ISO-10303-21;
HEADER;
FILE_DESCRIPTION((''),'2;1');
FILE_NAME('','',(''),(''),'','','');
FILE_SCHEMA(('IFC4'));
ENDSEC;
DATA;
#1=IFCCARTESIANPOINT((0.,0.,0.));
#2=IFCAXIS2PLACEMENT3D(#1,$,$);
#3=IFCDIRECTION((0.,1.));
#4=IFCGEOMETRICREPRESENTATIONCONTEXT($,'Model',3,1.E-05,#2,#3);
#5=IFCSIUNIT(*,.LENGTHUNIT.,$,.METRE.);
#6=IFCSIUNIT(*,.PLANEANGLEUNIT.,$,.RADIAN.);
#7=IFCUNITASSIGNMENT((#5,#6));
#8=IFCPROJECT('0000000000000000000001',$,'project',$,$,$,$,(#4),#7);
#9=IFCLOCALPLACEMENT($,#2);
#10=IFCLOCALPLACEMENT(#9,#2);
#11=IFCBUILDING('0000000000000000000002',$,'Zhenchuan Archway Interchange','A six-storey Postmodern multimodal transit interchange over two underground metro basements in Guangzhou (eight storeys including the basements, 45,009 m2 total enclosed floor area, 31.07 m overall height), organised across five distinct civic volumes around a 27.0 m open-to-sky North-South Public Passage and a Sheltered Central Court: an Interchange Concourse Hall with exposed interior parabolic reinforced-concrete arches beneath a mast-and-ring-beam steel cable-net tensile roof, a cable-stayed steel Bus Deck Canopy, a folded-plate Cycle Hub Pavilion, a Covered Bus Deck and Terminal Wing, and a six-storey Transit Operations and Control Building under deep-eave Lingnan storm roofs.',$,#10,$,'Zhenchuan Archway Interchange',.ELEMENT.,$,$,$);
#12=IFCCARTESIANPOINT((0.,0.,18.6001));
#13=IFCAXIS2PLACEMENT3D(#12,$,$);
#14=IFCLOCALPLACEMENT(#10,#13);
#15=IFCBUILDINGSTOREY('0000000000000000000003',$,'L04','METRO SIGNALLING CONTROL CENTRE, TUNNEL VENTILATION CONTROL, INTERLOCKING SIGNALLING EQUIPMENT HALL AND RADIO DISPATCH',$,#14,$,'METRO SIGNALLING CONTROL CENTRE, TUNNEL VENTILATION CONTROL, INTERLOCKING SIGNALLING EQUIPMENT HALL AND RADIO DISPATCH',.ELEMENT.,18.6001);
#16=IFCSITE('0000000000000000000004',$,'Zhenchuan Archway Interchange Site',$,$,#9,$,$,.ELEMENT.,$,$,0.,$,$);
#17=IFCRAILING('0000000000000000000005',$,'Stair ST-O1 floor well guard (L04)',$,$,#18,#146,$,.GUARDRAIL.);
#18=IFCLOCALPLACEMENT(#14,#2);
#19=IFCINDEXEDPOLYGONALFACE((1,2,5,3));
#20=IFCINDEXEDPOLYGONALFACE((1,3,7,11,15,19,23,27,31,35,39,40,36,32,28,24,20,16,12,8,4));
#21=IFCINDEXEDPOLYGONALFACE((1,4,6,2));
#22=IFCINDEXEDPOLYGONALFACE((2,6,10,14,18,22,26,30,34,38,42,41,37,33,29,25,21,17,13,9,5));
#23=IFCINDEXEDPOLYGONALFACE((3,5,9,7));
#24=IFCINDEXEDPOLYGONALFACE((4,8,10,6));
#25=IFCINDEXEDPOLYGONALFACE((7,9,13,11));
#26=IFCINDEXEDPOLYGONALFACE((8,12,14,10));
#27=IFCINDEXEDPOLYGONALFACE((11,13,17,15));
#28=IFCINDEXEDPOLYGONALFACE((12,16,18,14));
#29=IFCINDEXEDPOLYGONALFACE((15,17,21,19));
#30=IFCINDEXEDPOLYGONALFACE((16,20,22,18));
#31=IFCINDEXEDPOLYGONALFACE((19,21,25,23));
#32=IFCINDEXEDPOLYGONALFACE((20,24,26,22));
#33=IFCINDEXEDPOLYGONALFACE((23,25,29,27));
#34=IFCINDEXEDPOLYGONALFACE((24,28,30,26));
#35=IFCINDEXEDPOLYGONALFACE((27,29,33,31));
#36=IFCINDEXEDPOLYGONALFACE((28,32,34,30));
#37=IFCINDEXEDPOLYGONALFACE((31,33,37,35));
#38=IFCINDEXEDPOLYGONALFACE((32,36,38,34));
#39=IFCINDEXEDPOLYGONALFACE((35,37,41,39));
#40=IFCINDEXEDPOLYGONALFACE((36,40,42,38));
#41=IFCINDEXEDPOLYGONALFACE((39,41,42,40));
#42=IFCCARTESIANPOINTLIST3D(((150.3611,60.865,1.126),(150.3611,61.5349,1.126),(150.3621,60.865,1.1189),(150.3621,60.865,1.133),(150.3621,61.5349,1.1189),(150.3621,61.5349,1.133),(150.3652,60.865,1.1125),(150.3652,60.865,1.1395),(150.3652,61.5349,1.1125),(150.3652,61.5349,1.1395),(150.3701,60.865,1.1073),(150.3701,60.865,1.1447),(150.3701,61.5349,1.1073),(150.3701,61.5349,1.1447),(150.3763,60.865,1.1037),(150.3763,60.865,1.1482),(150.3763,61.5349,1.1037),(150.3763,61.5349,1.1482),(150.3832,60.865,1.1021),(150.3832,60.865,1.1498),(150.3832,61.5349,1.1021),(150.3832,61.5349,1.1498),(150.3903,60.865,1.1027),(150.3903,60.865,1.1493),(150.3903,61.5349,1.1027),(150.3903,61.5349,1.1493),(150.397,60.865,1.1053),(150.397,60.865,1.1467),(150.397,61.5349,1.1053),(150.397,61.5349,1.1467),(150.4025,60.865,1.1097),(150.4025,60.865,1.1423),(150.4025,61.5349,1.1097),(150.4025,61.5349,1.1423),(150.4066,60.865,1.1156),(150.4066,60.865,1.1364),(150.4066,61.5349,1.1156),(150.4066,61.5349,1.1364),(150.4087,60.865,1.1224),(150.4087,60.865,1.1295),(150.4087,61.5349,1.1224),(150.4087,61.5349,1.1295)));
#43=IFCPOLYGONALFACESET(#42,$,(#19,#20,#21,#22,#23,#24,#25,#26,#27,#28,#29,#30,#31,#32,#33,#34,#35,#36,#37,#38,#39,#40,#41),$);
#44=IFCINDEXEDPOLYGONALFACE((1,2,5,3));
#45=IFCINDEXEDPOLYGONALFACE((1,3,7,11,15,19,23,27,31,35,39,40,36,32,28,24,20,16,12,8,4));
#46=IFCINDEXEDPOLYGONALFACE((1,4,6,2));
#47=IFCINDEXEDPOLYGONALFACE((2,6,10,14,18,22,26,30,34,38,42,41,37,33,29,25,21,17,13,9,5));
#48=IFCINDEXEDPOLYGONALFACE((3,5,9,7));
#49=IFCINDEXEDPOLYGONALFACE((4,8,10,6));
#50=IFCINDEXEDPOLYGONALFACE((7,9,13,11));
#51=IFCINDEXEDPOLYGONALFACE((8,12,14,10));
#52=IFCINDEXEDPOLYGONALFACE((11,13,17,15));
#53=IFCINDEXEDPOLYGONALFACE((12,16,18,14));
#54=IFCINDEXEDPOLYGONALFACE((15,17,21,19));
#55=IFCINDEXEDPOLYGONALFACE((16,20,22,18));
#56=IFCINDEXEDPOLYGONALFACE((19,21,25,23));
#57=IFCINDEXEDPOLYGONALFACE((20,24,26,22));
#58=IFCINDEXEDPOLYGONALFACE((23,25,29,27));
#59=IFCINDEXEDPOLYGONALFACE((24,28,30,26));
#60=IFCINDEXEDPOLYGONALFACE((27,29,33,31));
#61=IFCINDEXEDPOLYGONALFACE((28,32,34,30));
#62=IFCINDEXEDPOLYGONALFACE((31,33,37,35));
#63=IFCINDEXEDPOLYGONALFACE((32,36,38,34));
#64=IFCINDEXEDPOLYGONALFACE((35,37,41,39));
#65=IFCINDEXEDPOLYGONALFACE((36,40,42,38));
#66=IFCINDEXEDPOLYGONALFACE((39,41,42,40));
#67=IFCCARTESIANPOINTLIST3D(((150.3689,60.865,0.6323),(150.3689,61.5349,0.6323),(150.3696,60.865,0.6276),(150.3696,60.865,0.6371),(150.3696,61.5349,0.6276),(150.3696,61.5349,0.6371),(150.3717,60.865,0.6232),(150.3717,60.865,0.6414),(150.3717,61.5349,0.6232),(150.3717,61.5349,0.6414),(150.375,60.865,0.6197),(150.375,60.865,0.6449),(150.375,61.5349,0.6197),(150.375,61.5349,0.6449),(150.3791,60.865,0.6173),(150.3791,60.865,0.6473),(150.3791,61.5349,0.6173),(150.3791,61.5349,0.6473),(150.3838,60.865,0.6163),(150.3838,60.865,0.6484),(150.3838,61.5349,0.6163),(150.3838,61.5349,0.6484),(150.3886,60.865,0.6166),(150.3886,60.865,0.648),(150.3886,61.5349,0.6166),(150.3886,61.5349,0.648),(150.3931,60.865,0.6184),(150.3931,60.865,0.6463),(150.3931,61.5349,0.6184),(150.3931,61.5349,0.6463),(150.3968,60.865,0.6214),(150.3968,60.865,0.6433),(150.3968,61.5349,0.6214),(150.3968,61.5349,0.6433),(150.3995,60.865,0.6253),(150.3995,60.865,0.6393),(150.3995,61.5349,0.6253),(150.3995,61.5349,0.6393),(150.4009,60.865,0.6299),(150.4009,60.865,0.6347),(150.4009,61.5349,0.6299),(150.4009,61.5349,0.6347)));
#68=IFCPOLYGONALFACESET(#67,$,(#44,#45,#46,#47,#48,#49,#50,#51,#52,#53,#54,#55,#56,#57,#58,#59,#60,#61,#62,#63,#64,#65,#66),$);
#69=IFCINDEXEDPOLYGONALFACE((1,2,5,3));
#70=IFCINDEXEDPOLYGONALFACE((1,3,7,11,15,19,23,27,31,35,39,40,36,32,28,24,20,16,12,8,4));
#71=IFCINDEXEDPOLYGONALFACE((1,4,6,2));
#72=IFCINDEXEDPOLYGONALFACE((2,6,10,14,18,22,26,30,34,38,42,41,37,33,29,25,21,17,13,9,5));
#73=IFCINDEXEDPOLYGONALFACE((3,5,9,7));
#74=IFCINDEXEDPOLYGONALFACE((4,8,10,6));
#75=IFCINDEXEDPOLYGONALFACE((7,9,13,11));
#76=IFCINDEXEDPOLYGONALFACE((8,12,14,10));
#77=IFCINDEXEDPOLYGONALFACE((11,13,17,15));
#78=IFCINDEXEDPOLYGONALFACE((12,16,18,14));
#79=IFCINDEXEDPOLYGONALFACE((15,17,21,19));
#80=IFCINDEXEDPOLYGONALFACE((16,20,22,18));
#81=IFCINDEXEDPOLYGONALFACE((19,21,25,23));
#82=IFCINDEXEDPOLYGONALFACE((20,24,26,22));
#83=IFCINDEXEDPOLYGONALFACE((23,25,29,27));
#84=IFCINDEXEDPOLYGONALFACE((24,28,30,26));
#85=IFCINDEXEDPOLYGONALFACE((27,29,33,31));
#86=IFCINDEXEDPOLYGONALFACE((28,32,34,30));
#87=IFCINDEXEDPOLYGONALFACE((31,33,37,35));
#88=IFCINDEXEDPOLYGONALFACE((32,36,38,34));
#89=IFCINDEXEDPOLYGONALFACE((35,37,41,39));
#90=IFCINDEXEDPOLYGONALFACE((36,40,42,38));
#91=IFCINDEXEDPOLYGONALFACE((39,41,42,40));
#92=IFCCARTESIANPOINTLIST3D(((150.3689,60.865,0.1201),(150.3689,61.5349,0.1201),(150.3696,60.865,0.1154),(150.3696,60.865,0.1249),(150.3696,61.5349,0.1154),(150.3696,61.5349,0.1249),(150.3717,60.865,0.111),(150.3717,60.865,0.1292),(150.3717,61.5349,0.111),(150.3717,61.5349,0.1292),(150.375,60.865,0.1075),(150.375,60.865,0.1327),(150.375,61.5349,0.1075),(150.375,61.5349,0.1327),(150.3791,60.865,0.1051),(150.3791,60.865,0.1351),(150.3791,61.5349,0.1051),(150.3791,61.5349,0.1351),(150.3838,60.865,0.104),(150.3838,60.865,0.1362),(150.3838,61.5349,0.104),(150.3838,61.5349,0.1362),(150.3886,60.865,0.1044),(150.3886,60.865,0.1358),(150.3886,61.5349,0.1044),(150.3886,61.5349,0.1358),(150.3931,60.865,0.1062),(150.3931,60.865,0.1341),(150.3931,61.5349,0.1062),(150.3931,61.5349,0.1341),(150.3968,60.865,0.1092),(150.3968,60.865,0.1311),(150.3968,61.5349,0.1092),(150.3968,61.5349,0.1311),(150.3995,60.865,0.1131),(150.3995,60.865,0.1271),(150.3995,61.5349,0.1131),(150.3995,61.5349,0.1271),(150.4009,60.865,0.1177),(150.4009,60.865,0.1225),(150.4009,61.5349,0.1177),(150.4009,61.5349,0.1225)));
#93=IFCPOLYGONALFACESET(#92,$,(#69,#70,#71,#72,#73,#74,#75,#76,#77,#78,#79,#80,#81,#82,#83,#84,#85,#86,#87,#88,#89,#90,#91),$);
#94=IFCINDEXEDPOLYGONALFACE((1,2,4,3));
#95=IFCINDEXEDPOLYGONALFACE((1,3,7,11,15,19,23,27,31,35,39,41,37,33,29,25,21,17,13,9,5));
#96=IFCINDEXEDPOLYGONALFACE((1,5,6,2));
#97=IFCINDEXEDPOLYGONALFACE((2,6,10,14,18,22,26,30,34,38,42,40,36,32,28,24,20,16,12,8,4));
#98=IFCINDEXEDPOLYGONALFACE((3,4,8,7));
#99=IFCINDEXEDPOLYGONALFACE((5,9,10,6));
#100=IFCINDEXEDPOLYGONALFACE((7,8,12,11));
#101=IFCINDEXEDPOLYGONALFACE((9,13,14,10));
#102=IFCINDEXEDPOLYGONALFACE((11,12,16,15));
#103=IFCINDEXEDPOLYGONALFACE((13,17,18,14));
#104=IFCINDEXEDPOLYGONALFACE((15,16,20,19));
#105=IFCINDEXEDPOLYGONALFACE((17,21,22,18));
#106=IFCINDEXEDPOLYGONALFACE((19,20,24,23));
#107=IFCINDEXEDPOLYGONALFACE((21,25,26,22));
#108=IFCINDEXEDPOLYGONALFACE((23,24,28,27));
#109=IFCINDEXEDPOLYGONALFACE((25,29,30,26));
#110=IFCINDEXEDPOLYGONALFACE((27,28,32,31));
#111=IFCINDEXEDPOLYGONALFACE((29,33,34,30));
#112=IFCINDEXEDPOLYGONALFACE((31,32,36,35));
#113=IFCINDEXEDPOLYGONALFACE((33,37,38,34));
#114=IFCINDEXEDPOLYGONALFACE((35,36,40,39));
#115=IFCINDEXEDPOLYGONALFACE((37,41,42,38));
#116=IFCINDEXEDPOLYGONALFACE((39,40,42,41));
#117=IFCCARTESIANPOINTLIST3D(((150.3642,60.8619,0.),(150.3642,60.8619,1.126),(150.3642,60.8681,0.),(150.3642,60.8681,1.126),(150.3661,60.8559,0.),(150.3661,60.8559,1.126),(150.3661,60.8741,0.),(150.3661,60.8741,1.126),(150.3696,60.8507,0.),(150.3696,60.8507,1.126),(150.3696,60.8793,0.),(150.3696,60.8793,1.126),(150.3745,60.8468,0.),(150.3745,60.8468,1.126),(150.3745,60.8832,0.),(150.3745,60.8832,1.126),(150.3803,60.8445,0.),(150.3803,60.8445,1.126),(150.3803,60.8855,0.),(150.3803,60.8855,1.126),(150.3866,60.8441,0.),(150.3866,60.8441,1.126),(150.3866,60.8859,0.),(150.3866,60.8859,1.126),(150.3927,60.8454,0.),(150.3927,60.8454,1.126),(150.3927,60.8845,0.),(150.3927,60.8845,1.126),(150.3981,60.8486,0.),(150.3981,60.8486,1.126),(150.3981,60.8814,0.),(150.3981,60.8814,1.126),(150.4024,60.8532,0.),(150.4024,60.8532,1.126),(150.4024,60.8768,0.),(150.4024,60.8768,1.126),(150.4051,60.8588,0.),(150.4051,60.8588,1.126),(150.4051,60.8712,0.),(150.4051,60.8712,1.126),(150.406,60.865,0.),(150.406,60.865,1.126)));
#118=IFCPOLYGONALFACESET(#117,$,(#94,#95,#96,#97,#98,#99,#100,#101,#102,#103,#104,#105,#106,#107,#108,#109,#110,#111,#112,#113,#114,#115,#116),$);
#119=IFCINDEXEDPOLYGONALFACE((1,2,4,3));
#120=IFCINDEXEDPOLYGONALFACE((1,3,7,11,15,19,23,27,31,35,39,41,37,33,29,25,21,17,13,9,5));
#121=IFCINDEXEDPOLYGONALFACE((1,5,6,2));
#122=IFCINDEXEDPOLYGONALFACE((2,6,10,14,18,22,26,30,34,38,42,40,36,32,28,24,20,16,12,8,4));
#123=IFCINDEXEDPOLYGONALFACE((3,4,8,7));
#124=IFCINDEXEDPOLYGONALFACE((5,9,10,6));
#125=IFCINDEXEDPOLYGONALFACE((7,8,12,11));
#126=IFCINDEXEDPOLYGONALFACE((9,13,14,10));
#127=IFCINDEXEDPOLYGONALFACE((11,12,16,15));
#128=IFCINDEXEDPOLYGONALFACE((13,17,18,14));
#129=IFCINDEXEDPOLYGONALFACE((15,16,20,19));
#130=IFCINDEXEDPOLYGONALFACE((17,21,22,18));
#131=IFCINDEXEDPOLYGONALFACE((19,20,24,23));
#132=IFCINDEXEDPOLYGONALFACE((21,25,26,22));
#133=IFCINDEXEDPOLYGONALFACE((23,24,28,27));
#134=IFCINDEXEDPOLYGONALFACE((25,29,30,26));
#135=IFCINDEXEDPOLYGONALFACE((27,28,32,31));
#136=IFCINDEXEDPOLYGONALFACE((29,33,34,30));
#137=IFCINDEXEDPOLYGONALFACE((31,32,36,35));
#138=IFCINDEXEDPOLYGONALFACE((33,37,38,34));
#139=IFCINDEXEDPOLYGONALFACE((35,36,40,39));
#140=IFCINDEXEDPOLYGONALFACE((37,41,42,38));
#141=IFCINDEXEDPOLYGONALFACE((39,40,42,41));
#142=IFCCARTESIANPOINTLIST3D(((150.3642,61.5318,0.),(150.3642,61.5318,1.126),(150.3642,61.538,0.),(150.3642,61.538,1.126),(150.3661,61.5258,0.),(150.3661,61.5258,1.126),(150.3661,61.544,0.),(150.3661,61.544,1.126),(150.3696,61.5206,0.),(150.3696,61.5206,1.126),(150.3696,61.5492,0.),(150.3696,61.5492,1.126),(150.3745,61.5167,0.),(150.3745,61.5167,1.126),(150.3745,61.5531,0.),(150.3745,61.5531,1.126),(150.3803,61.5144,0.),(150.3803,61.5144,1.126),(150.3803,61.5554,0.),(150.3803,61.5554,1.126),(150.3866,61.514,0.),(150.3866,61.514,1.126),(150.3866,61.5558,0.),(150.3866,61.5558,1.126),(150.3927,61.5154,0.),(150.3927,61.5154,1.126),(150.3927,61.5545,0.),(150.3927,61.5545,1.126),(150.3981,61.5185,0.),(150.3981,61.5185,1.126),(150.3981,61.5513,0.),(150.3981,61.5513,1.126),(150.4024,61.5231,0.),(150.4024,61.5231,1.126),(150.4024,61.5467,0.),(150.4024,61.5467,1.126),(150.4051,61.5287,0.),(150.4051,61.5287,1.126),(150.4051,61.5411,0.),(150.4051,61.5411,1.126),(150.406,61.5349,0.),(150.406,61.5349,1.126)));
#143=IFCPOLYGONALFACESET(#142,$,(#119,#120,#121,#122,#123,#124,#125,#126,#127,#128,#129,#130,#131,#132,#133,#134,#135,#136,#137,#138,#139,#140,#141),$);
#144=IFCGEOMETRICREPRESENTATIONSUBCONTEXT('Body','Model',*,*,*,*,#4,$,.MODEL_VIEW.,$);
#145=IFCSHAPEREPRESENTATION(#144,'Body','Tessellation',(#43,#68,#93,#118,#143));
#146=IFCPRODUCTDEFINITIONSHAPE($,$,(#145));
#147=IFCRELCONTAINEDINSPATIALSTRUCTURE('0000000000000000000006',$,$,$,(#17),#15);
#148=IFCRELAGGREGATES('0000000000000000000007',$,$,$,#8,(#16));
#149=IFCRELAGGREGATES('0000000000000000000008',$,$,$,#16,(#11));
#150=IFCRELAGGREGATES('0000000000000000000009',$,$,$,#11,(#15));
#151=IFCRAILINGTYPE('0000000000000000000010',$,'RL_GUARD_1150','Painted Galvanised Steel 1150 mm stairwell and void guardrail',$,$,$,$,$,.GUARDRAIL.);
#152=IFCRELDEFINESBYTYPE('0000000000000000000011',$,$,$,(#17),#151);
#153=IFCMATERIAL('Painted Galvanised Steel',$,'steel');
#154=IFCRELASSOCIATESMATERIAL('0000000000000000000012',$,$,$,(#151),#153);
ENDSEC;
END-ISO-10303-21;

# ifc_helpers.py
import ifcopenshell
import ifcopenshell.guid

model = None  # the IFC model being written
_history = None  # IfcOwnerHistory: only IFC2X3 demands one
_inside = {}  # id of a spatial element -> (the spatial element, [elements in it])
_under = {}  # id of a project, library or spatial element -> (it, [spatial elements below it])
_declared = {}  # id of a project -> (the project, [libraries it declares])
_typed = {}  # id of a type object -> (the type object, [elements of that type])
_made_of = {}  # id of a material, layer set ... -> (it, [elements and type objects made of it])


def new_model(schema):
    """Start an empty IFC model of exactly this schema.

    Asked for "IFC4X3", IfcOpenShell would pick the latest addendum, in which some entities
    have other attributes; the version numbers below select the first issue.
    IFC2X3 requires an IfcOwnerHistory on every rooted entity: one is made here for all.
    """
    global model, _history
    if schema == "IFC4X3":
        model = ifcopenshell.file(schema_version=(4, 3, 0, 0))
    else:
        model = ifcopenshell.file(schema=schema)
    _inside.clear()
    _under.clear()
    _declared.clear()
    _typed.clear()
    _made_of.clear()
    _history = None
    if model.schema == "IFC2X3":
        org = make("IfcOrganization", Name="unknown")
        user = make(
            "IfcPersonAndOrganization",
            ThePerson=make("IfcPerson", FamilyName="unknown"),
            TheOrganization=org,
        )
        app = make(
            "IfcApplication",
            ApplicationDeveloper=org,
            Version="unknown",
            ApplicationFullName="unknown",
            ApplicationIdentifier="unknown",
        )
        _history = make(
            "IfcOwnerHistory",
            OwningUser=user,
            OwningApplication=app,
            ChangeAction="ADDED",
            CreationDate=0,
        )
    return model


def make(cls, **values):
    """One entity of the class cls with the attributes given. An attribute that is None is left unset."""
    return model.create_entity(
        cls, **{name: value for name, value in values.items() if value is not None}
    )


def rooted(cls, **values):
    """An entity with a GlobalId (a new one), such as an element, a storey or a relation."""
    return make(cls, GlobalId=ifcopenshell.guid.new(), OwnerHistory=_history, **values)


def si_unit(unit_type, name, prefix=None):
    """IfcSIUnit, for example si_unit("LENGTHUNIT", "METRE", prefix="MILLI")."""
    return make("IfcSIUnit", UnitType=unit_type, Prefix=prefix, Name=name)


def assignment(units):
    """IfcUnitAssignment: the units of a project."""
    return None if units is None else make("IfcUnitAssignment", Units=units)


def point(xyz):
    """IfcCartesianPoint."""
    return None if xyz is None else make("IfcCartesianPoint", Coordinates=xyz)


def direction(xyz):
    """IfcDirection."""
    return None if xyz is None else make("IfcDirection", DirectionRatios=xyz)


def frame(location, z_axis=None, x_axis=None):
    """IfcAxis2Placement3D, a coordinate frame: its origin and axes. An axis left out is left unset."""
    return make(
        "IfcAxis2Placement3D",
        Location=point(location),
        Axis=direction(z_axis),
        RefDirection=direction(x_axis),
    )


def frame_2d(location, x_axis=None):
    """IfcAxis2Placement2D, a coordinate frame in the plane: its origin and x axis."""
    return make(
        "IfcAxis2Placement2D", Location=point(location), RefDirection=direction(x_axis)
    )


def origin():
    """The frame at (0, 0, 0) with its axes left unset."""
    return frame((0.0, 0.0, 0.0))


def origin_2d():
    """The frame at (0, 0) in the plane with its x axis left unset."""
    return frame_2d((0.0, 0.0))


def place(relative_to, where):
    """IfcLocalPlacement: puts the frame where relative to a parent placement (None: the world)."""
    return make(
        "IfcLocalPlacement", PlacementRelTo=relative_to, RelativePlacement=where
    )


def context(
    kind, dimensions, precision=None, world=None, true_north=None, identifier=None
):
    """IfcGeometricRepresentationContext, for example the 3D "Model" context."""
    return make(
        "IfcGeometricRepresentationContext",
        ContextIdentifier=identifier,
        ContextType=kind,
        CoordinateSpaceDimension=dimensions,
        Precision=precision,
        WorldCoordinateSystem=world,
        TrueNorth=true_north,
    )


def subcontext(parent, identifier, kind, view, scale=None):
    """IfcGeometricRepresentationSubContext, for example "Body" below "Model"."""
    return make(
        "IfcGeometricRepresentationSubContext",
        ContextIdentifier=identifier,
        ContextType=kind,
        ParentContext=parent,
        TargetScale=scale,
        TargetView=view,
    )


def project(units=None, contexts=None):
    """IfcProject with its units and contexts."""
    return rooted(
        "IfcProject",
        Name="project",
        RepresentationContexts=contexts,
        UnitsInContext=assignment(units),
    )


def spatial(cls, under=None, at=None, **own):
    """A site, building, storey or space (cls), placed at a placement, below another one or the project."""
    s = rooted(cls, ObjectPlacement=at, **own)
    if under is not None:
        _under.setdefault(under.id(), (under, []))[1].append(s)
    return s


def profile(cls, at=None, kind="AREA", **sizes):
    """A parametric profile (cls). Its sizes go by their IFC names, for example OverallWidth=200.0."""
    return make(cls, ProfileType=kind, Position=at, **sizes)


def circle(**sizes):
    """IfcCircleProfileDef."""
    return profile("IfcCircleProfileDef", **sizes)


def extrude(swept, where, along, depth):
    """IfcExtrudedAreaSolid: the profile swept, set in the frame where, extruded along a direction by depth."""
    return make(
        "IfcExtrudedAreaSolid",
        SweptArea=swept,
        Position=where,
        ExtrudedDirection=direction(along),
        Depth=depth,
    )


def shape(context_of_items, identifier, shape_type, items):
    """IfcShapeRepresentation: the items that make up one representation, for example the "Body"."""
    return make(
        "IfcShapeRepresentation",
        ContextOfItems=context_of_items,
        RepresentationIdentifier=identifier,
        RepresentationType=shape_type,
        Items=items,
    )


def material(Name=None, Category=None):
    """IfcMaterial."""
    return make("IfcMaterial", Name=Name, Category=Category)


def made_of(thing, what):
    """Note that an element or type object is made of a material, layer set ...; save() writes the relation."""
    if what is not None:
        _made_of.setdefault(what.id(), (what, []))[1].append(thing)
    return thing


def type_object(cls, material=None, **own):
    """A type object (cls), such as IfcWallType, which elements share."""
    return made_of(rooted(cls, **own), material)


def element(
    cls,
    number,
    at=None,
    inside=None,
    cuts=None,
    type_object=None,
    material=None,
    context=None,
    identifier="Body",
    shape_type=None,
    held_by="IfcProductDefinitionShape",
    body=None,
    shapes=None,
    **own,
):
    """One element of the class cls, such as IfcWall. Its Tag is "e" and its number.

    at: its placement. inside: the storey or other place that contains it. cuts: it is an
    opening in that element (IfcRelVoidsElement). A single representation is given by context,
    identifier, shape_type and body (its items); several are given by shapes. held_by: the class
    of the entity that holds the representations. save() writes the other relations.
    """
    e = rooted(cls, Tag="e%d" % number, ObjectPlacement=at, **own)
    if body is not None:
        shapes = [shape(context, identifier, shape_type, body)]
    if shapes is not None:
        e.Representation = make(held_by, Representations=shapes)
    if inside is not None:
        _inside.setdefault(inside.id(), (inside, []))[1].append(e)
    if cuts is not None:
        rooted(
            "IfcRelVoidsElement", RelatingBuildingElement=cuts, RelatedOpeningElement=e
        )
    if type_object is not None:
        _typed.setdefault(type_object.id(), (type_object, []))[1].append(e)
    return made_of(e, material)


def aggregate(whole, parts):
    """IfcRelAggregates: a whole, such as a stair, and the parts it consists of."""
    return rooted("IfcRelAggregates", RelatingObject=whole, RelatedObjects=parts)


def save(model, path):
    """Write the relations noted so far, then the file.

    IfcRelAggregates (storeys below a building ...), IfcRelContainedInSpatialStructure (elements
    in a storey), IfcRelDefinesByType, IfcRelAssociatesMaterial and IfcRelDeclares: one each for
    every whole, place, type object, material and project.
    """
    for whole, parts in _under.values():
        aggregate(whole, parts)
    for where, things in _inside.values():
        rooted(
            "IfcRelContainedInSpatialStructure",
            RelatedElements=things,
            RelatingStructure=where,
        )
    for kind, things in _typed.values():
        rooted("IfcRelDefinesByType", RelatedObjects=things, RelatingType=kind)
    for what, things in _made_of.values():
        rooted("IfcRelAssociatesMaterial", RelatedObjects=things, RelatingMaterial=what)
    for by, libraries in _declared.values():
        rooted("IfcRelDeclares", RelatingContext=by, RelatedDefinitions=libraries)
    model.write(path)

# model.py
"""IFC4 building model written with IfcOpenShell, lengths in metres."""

from ifc_helpers import new_model, si_unit, direction, frame, origin, origin_2d, place, context, subcontext, project, spatial, circle, extrude, material, type_object, element, save


model = new_model("IFC4")

# Units and contexts
model_context = context("Model", 3, precision=1e-05, world=origin(), true_north=direction((0.0, 1.0)))
body_context = subcontext(model_context, "Body", "Model", "MODEL_VIEW")
ifc_project = project(units=[si_unit("LENGTHUNIT", "METRE"), si_unit("PLANEANGLEUNIT", "RADIAN")], contexts=[model_context])

# Site, building, storey
site_placement = place(None, origin())
site = spatial("IfcSite", under=ifc_project, at=site_placement, Name="Zhenchuan Archway Interchange Site", CompositionType="ELEMENT", RefElevation=0.0)
building_placement = place(site_placement, origin())
building = spatial("IfcBuilding", under=site, at=building_placement, Name="Zhenchuan Archway Interchange", Description="A six-storey Postmodern multimodal transit interchange over two underground metro basements in Guangzhou (eight storeys including the basements, 45,009 m2 total enclosed floor area, 31.07 m overall height), organised across five distinct civic volumes around a 27.0 m open-to-sky North-South Public Passage and a Sheltered Central Court: an Interchange Concourse Hall with exposed interior parabolic reinforced-concrete arches beneath a mast-and-ring-beam steel cable-net tensile roof, a cable-stayed steel Bus Deck Canopy, a folded-plate Cycle Hub Pavilion, a Covered Bus Deck and Terminal Wing, and a six-storey Transit Operations and Control Building under deep-eave Lingnan storm roofs.", LongName="Zhenchuan Archway Interchange", CompositionType="ELEMENT")
storey_placement = place(building_placement, frame((0.0, 0.0, 18.6001)))
storey = spatial("IfcBuildingStorey", under=building, at=storey_placement, Name="L04", Description="METRO SIGNALLING CONTROL CENTRE, TUNNEL VENTILATION CONTROL, INTERLOCKING SIGNALLING EQUIPMENT HALL AND RADIO DISPATCH", LongName="METRO SIGNALLING CONTROL CENTRE, TUNNEL VENTILATION CONTROL, INTERLOCKING SIGNALLING EQUIPMENT HALL AND RADIO DISPATCH", CompositionType="ELEMENT", Elevation=18.6001)

# Shared definitions
ifc_material_1 = material(Name="Painted Galvanised Steel", Category="steel")

# Railing
railing_type_1 = type_object("IfcRailingType", Name="RL_GUARD_1150", Description="Painted Galvanised Steel 1150 mm stairwell and void guardrail", PredefinedType="GUARDRAIL", material=ifc_material_1)
railing_placement = place(storey_placement, frame((150.385, 60.865, 0.0)))
element("IfcRailing", 1, at=railing_placement, inside=storey, type_object=railing_type_1, Name="Stair ST-O1 floor well guard (L04)", PredefinedType="GUARDRAIL", context=body_context, shape_type="SweptSolid", body=[
    extrude(circle(Radius=0.0239, at=origin_2d()), frame((0.0, 0.0, 1.126), z_axis=(0.0, 1.0, 0.0), x_axis=(-1.0, 0.0, 0.0)), (0.0, 0.0, 1.0), 0.6699),
    extrude(circle(Radius=0.0161, at=origin_2d()), frame((0.0, 0.0, 0.6323), z_axis=(0.0, 1.0, 0.0), x_axis=(-1.0, 0.0, 0.0)), (0.0, 0.0, 1.0), 0.6699),
    extrude(circle(Radius=0.0161, at=origin_2d()), frame((0.0, 0.0, 0.1201), z_axis=(0.0, 1.0, 0.0), x_axis=(-1.0, 0.0, 0.0)), (0.0, 0.0, 1.0), 0.6699),
    extrude(circle(Radius=0.021, at=origin_2d()), origin(), (0.0, 0.0, 1.0), 1.126),
    extrude(circle(Radius=0.021, at=origin_2d()), frame((0.0, 0.6699, 0.0)), (0.0, 0.0, 1.0), 1.126),
])

save(model, "model.ifc")
